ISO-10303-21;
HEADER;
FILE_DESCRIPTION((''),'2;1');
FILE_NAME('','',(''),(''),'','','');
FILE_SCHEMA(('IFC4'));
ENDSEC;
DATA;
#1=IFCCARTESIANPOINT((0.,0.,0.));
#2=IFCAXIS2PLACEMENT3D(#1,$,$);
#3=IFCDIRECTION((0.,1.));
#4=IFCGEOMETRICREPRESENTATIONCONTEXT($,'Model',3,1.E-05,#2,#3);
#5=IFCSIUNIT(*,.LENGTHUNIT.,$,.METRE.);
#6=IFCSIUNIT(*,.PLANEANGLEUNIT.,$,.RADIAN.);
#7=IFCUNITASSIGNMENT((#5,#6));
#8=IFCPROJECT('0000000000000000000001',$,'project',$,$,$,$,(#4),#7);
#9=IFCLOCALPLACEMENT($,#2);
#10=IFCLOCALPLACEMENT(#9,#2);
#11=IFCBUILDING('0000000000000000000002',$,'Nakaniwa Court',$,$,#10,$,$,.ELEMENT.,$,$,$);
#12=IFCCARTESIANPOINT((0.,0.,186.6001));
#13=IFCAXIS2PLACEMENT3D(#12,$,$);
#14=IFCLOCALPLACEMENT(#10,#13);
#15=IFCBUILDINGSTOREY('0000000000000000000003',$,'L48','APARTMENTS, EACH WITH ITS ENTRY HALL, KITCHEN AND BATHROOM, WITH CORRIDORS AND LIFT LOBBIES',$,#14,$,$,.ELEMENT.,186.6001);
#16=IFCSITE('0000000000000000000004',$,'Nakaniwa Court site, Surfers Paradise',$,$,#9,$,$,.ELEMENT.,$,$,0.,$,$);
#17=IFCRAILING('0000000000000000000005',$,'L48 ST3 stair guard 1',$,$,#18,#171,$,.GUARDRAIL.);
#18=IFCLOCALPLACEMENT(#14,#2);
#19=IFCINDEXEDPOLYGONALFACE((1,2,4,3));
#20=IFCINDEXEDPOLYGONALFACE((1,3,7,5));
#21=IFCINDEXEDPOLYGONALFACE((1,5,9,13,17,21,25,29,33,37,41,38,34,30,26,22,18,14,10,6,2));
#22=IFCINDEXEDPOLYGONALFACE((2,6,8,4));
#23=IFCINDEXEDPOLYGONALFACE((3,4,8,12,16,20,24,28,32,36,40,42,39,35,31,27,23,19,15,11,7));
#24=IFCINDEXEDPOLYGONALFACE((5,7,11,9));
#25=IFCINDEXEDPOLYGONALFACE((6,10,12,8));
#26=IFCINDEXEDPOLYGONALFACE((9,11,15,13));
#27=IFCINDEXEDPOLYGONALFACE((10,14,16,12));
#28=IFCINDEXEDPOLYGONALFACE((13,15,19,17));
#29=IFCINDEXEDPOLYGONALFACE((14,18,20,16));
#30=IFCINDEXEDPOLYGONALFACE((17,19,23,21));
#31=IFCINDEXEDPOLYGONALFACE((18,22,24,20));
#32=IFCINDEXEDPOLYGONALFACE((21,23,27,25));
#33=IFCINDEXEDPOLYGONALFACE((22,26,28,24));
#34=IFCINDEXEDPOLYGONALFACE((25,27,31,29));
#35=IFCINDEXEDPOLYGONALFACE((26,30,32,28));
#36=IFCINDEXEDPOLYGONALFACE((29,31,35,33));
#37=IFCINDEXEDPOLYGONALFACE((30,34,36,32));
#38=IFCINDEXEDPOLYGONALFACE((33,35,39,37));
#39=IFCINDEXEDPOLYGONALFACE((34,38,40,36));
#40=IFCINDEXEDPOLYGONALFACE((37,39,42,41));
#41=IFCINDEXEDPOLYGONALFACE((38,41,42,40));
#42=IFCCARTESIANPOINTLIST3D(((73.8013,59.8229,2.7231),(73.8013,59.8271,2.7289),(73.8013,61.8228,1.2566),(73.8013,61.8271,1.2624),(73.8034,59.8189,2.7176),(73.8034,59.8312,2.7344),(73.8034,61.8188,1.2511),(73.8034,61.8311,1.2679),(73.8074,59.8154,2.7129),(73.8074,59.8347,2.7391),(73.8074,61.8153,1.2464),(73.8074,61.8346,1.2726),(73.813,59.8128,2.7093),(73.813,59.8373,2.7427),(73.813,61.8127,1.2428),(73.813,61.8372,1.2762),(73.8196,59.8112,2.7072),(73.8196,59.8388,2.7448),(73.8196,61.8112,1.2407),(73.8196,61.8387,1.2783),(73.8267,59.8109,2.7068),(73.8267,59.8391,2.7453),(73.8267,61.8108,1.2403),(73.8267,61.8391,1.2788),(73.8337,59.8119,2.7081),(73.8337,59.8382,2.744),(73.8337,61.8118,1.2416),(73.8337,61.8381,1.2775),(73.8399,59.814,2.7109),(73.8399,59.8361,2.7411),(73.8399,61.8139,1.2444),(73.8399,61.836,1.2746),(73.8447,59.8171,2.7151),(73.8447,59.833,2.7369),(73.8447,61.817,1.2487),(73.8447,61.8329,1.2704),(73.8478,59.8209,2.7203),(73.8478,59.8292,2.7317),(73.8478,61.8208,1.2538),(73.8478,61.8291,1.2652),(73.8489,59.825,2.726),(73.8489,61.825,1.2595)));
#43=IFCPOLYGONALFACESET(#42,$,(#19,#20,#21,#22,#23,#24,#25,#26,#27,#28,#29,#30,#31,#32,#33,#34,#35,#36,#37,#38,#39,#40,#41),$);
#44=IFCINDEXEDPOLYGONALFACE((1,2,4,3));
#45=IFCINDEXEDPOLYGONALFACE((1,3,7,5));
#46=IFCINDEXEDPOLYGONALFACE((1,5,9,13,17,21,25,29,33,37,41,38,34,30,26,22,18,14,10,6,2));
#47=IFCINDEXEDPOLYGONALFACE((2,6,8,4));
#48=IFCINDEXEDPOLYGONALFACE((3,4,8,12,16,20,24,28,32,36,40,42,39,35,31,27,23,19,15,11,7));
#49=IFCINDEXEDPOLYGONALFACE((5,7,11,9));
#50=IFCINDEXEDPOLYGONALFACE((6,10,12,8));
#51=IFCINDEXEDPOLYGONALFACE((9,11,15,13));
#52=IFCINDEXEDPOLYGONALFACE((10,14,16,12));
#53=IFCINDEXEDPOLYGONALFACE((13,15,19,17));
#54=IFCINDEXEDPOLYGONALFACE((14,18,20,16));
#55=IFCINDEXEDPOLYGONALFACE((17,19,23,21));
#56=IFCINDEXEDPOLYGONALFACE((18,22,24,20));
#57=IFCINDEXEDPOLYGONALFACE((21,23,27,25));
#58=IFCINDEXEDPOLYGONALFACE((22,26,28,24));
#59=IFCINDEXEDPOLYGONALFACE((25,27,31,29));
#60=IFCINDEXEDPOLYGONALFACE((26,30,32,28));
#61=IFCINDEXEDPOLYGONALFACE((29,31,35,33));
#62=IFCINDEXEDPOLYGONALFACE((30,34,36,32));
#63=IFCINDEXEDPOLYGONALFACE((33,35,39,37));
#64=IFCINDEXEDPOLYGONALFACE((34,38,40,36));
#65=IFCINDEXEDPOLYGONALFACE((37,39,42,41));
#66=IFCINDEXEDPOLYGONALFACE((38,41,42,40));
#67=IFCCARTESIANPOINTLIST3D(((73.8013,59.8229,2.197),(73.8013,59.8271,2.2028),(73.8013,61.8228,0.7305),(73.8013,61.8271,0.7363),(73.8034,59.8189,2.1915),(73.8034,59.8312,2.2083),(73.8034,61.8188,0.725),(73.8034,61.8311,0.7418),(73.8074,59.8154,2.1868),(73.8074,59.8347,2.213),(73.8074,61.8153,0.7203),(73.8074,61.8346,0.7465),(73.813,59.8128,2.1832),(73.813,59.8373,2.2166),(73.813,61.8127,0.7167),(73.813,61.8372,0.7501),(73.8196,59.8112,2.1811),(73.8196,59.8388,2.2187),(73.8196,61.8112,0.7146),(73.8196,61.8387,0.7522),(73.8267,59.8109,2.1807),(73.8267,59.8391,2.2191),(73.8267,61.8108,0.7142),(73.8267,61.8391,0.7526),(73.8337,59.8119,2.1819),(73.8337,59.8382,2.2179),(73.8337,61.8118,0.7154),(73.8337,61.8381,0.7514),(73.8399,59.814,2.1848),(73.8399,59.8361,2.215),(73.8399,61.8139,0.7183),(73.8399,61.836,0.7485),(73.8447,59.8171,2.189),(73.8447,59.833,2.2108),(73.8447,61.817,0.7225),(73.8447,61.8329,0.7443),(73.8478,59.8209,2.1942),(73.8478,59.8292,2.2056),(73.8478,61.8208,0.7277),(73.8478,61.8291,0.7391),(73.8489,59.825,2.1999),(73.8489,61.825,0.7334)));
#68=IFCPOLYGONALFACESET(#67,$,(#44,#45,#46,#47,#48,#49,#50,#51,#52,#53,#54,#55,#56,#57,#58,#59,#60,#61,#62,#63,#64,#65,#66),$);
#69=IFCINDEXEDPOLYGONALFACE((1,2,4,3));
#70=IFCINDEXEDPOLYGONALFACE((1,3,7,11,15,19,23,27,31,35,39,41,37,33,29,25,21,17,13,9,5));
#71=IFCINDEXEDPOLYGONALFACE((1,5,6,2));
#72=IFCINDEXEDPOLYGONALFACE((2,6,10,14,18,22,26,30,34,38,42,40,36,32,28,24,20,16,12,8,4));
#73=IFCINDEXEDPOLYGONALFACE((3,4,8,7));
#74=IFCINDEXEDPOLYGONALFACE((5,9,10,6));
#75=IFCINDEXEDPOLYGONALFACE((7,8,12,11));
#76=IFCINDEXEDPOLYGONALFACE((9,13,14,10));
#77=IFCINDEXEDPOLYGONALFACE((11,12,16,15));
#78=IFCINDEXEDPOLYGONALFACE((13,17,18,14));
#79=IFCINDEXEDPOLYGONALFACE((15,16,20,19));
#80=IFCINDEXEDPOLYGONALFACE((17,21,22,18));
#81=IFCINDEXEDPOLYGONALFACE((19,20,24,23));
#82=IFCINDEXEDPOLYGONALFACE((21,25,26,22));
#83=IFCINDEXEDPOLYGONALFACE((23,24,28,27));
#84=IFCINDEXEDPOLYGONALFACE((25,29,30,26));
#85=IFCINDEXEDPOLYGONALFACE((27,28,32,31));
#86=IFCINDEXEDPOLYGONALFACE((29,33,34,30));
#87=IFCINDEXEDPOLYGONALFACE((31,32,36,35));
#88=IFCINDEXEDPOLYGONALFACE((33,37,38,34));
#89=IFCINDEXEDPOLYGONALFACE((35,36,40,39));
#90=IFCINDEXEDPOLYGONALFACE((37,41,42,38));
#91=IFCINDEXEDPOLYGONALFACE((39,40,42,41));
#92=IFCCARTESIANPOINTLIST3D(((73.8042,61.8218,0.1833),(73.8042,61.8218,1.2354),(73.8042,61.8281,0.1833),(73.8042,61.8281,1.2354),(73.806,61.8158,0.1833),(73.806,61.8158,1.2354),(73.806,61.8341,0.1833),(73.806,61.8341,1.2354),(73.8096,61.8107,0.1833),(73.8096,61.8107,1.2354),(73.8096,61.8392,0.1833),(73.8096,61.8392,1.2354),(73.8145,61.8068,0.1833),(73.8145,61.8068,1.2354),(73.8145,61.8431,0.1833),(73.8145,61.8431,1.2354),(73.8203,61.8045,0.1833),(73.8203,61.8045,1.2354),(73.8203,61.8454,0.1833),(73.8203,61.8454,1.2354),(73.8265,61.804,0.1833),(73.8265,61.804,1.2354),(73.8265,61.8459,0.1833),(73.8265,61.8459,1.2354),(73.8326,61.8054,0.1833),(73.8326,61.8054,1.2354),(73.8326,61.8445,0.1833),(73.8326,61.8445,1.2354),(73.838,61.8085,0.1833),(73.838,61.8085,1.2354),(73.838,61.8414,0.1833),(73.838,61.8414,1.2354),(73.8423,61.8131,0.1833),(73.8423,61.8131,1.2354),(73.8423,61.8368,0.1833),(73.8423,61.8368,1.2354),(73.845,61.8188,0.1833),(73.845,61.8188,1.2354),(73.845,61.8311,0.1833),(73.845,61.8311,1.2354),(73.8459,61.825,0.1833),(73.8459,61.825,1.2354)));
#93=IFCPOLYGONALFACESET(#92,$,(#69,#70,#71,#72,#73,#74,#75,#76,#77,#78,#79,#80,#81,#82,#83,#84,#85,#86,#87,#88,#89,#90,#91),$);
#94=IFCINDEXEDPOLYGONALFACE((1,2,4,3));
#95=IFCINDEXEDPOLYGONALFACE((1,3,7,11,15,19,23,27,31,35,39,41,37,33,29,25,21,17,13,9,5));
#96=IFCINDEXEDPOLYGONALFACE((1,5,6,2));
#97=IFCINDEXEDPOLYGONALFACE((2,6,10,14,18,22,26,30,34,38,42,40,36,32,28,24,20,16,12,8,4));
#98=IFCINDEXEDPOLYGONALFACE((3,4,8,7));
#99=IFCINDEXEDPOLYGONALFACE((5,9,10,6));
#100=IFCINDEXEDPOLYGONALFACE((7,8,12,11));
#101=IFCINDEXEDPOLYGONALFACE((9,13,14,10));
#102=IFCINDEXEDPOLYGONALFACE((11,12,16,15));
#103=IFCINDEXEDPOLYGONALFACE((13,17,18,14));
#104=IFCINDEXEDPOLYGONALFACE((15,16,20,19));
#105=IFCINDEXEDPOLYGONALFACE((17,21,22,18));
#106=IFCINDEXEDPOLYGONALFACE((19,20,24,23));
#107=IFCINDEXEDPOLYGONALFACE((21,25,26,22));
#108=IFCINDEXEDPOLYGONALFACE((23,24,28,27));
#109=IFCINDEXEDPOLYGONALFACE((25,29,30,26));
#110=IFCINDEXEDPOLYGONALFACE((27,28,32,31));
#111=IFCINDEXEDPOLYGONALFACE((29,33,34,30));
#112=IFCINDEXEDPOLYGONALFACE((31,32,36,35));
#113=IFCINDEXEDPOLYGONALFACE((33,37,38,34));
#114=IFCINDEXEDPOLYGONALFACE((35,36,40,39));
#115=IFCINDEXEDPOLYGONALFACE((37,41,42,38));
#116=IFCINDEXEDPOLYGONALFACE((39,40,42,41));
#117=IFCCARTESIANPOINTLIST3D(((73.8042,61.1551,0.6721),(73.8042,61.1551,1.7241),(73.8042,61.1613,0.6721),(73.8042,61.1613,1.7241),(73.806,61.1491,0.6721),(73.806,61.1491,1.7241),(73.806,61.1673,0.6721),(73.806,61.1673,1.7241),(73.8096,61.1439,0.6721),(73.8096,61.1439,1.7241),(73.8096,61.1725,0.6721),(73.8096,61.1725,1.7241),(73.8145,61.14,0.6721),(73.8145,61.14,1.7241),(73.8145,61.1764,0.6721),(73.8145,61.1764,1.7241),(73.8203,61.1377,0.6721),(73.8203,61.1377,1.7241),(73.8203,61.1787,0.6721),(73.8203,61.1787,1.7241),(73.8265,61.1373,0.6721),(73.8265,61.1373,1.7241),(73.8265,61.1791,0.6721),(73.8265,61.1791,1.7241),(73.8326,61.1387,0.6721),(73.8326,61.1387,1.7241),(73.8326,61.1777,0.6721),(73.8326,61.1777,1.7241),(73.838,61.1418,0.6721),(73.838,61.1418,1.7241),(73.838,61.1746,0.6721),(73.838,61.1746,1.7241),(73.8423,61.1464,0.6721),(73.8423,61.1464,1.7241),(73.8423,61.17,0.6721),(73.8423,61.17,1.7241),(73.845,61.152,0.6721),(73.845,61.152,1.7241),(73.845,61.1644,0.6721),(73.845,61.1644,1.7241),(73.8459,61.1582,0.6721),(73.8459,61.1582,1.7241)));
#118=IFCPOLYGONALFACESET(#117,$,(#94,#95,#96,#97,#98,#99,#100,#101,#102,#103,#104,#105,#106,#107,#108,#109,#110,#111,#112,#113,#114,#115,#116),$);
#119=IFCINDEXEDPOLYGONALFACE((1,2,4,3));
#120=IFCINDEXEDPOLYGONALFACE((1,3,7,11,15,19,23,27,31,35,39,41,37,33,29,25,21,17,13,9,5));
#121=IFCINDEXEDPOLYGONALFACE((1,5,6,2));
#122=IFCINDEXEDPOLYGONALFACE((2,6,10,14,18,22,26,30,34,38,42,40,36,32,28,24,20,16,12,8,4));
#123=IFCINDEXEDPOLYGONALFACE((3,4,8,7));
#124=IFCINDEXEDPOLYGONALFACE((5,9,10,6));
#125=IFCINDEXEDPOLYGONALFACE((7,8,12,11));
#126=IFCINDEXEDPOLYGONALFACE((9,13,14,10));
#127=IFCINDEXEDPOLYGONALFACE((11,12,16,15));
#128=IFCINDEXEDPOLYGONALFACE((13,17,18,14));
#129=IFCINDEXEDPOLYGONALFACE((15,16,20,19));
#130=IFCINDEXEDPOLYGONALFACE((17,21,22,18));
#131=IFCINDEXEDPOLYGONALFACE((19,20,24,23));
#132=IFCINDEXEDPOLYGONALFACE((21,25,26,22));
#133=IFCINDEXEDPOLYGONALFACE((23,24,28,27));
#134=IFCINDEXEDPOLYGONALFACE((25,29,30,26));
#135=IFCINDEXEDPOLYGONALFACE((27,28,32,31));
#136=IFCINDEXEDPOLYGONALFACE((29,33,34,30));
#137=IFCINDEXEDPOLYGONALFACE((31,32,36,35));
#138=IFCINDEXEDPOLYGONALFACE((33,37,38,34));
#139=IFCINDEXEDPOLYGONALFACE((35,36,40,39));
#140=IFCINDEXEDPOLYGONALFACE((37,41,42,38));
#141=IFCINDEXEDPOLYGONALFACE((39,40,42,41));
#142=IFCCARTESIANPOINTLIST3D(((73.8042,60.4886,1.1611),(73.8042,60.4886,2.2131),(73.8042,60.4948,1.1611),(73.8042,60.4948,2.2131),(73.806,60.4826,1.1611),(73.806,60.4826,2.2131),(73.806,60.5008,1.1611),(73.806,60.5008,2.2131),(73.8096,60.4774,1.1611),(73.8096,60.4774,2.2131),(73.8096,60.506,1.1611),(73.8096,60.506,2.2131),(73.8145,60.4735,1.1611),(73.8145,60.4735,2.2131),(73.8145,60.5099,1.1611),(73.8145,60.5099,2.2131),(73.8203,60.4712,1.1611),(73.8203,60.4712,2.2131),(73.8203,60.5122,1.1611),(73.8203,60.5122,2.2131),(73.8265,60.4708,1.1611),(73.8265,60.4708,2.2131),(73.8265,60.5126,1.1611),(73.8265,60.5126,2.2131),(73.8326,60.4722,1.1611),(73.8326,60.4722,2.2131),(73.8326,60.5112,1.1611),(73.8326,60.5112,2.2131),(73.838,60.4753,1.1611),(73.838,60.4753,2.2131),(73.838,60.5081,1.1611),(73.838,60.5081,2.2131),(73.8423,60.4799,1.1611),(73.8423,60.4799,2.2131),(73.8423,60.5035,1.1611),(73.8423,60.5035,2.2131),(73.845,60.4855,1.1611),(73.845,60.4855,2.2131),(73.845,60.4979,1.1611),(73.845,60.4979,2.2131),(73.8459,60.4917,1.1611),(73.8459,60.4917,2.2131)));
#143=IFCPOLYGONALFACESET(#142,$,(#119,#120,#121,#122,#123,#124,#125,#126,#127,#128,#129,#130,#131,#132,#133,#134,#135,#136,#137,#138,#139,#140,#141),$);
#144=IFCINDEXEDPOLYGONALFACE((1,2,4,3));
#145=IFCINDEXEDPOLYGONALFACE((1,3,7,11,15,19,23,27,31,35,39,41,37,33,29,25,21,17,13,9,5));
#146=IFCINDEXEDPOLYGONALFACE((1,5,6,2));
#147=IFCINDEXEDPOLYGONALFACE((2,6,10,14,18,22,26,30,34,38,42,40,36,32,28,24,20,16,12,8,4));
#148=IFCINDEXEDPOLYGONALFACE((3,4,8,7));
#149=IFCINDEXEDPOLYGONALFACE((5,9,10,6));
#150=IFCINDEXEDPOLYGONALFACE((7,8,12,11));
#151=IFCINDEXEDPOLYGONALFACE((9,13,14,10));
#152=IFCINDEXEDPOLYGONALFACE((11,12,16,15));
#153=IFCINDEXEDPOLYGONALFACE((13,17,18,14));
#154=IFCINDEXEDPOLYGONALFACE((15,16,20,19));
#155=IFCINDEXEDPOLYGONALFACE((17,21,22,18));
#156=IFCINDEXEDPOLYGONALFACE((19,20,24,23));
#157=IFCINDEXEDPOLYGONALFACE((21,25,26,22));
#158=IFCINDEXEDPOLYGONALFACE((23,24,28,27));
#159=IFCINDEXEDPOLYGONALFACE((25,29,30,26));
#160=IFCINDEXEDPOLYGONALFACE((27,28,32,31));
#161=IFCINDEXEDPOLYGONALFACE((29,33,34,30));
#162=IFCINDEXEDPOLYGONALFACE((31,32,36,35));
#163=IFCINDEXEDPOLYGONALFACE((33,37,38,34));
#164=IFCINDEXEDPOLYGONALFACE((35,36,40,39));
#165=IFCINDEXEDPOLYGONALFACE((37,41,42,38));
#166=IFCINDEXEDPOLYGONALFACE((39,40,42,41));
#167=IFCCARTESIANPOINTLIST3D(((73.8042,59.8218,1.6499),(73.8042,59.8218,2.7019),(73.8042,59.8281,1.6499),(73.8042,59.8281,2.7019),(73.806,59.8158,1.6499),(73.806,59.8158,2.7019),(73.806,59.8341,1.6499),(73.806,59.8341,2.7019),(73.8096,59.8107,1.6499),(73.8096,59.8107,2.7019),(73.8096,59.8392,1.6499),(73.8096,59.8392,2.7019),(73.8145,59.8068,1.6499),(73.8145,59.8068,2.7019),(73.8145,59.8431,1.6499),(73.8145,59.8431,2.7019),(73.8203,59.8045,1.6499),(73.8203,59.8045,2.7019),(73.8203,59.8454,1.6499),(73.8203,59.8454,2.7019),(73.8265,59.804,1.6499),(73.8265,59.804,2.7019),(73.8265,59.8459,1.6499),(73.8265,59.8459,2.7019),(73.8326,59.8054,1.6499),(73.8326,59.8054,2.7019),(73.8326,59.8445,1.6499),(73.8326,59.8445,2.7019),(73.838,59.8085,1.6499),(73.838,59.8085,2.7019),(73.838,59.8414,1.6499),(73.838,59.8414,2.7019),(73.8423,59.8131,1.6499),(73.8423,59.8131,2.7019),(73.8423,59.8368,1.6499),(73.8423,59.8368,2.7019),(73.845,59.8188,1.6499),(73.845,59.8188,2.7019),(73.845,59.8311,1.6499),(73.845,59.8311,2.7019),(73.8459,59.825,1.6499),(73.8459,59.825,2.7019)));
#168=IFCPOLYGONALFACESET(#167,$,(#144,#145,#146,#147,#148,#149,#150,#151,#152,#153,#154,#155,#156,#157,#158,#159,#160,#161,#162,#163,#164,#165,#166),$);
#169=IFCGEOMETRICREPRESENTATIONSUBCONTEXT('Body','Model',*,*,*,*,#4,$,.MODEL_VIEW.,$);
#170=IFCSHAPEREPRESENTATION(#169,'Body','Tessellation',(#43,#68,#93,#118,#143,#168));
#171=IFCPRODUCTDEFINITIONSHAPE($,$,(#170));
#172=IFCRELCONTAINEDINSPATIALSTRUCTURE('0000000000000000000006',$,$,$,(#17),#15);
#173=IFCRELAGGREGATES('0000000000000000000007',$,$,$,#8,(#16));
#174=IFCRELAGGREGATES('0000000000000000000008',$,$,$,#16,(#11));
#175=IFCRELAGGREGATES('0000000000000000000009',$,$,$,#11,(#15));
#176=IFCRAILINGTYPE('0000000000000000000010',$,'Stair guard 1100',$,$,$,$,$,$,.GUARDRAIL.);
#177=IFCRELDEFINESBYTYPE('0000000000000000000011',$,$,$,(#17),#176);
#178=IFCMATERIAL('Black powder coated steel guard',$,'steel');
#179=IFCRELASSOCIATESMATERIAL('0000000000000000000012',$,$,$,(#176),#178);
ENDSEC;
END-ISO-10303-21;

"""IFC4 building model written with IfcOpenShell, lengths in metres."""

from ifc_helpers import new_model, si_unit, direction, frame, origin, origin_2d, place, context, subcontext, project, spatial, circle, extrude, material, type_object, element, save


model = new_model("IFC4")

# Units and contexts
model_context = context("Model", 3, precision=1e-05, world=origin(), true_north=direction((0.0, 1.0)))
body_context = subcontext(model_context, "Body", "Model", "MODEL_VIEW")
ifc_project = project(units=[si_unit("LENGTHUNIT", "METRE"), si_unit("PLANEANGLEUNIT", "RADIAN")], contexts=[model_context])

# Site, building, storey
site_placement = place(None, origin())
site = spatial("IfcSite", under=ifc_project, at=site_placement, Name="Nakaniwa Court site, Surfers Paradise", CompositionType="ELEMENT", RefElevation=0.0)
building_placement = place(site_placement, origin())
building = spatial("IfcBuilding", under=site, at=building_placement, Name="Nakaniwa Court", CompositionType="ELEMENT")
storey_placement = place(building_placement, frame((0.0, 0.0, 186.6001)))
storey = spatial("IfcBuildingStorey", under=building, at=storey_placement, Name="L48", Description="APARTMENTS, EACH WITH ITS ENTRY HALL, KITCHEN AND BATHROOM, WITH CORRIDORS AND LIFT LOBBIES", CompositionType="ELEMENT", Elevation=186.6001)

# Railing
ifc_material_1 = material(Name="Black powder coated steel guard", Category="steel")
railing_type_1 = type_object("IfcRailingType", Name="Stair guard 1100", PredefinedType="GUARDRAIL", material=ifc_material_1)
railing_1_placement = place(storey_placement, frame((73.825, 61.825, 0.1833)))
element("IfcRailing", 1, at=railing_1_placement, inside=storey, type_object=railing_type_1, Name="L48 ST3 stair guard 1", PredefinedType="GUARDRAIL", context=body_context, shape_type="SweptSolid", body=[
    extrude(circle(Radius=0.0239, at=origin_2d()), frame((0.0, 0.0, 1.0762), z_axis=(0.0, -0.806427, 0.591334), x_axis=(1.0, 0.0, 0.0)), (0.0, 0.0, 1.0), 2.48),
    extrude(circle(Radius=0.0239, at=origin_2d()), frame((0.0, 0.0, 0.55), z_axis=(0.0, -0.806427, 0.591334), x_axis=(1.0, 0.0, 0.0)), (0.0, 0.0, 1.0), 2.48),
    extrude(circle(Radius=0.021, at=origin_2d()), origin(), (0.0, 0.0, 1.0), 1.052),
    extrude(circle(Radius=0.021, at=origin_2d()), frame((0.0, -0.6667, 0.4888)), (0.0, 0.0, 1.0), 1.052),
    extrude(circle(Radius=0.021, at=origin_2d()), frame((0.0, -1.3333, 0.9778)), (0.0, 0.0, 1.0), 1.052),
    extrude(circle(Radius=0.021, at=origin_2d()), frame((0.0, -2.0, 1.4666)), (0.0, 0.0, 1.0), 1.052),
])

save(model, "model.ifc")
